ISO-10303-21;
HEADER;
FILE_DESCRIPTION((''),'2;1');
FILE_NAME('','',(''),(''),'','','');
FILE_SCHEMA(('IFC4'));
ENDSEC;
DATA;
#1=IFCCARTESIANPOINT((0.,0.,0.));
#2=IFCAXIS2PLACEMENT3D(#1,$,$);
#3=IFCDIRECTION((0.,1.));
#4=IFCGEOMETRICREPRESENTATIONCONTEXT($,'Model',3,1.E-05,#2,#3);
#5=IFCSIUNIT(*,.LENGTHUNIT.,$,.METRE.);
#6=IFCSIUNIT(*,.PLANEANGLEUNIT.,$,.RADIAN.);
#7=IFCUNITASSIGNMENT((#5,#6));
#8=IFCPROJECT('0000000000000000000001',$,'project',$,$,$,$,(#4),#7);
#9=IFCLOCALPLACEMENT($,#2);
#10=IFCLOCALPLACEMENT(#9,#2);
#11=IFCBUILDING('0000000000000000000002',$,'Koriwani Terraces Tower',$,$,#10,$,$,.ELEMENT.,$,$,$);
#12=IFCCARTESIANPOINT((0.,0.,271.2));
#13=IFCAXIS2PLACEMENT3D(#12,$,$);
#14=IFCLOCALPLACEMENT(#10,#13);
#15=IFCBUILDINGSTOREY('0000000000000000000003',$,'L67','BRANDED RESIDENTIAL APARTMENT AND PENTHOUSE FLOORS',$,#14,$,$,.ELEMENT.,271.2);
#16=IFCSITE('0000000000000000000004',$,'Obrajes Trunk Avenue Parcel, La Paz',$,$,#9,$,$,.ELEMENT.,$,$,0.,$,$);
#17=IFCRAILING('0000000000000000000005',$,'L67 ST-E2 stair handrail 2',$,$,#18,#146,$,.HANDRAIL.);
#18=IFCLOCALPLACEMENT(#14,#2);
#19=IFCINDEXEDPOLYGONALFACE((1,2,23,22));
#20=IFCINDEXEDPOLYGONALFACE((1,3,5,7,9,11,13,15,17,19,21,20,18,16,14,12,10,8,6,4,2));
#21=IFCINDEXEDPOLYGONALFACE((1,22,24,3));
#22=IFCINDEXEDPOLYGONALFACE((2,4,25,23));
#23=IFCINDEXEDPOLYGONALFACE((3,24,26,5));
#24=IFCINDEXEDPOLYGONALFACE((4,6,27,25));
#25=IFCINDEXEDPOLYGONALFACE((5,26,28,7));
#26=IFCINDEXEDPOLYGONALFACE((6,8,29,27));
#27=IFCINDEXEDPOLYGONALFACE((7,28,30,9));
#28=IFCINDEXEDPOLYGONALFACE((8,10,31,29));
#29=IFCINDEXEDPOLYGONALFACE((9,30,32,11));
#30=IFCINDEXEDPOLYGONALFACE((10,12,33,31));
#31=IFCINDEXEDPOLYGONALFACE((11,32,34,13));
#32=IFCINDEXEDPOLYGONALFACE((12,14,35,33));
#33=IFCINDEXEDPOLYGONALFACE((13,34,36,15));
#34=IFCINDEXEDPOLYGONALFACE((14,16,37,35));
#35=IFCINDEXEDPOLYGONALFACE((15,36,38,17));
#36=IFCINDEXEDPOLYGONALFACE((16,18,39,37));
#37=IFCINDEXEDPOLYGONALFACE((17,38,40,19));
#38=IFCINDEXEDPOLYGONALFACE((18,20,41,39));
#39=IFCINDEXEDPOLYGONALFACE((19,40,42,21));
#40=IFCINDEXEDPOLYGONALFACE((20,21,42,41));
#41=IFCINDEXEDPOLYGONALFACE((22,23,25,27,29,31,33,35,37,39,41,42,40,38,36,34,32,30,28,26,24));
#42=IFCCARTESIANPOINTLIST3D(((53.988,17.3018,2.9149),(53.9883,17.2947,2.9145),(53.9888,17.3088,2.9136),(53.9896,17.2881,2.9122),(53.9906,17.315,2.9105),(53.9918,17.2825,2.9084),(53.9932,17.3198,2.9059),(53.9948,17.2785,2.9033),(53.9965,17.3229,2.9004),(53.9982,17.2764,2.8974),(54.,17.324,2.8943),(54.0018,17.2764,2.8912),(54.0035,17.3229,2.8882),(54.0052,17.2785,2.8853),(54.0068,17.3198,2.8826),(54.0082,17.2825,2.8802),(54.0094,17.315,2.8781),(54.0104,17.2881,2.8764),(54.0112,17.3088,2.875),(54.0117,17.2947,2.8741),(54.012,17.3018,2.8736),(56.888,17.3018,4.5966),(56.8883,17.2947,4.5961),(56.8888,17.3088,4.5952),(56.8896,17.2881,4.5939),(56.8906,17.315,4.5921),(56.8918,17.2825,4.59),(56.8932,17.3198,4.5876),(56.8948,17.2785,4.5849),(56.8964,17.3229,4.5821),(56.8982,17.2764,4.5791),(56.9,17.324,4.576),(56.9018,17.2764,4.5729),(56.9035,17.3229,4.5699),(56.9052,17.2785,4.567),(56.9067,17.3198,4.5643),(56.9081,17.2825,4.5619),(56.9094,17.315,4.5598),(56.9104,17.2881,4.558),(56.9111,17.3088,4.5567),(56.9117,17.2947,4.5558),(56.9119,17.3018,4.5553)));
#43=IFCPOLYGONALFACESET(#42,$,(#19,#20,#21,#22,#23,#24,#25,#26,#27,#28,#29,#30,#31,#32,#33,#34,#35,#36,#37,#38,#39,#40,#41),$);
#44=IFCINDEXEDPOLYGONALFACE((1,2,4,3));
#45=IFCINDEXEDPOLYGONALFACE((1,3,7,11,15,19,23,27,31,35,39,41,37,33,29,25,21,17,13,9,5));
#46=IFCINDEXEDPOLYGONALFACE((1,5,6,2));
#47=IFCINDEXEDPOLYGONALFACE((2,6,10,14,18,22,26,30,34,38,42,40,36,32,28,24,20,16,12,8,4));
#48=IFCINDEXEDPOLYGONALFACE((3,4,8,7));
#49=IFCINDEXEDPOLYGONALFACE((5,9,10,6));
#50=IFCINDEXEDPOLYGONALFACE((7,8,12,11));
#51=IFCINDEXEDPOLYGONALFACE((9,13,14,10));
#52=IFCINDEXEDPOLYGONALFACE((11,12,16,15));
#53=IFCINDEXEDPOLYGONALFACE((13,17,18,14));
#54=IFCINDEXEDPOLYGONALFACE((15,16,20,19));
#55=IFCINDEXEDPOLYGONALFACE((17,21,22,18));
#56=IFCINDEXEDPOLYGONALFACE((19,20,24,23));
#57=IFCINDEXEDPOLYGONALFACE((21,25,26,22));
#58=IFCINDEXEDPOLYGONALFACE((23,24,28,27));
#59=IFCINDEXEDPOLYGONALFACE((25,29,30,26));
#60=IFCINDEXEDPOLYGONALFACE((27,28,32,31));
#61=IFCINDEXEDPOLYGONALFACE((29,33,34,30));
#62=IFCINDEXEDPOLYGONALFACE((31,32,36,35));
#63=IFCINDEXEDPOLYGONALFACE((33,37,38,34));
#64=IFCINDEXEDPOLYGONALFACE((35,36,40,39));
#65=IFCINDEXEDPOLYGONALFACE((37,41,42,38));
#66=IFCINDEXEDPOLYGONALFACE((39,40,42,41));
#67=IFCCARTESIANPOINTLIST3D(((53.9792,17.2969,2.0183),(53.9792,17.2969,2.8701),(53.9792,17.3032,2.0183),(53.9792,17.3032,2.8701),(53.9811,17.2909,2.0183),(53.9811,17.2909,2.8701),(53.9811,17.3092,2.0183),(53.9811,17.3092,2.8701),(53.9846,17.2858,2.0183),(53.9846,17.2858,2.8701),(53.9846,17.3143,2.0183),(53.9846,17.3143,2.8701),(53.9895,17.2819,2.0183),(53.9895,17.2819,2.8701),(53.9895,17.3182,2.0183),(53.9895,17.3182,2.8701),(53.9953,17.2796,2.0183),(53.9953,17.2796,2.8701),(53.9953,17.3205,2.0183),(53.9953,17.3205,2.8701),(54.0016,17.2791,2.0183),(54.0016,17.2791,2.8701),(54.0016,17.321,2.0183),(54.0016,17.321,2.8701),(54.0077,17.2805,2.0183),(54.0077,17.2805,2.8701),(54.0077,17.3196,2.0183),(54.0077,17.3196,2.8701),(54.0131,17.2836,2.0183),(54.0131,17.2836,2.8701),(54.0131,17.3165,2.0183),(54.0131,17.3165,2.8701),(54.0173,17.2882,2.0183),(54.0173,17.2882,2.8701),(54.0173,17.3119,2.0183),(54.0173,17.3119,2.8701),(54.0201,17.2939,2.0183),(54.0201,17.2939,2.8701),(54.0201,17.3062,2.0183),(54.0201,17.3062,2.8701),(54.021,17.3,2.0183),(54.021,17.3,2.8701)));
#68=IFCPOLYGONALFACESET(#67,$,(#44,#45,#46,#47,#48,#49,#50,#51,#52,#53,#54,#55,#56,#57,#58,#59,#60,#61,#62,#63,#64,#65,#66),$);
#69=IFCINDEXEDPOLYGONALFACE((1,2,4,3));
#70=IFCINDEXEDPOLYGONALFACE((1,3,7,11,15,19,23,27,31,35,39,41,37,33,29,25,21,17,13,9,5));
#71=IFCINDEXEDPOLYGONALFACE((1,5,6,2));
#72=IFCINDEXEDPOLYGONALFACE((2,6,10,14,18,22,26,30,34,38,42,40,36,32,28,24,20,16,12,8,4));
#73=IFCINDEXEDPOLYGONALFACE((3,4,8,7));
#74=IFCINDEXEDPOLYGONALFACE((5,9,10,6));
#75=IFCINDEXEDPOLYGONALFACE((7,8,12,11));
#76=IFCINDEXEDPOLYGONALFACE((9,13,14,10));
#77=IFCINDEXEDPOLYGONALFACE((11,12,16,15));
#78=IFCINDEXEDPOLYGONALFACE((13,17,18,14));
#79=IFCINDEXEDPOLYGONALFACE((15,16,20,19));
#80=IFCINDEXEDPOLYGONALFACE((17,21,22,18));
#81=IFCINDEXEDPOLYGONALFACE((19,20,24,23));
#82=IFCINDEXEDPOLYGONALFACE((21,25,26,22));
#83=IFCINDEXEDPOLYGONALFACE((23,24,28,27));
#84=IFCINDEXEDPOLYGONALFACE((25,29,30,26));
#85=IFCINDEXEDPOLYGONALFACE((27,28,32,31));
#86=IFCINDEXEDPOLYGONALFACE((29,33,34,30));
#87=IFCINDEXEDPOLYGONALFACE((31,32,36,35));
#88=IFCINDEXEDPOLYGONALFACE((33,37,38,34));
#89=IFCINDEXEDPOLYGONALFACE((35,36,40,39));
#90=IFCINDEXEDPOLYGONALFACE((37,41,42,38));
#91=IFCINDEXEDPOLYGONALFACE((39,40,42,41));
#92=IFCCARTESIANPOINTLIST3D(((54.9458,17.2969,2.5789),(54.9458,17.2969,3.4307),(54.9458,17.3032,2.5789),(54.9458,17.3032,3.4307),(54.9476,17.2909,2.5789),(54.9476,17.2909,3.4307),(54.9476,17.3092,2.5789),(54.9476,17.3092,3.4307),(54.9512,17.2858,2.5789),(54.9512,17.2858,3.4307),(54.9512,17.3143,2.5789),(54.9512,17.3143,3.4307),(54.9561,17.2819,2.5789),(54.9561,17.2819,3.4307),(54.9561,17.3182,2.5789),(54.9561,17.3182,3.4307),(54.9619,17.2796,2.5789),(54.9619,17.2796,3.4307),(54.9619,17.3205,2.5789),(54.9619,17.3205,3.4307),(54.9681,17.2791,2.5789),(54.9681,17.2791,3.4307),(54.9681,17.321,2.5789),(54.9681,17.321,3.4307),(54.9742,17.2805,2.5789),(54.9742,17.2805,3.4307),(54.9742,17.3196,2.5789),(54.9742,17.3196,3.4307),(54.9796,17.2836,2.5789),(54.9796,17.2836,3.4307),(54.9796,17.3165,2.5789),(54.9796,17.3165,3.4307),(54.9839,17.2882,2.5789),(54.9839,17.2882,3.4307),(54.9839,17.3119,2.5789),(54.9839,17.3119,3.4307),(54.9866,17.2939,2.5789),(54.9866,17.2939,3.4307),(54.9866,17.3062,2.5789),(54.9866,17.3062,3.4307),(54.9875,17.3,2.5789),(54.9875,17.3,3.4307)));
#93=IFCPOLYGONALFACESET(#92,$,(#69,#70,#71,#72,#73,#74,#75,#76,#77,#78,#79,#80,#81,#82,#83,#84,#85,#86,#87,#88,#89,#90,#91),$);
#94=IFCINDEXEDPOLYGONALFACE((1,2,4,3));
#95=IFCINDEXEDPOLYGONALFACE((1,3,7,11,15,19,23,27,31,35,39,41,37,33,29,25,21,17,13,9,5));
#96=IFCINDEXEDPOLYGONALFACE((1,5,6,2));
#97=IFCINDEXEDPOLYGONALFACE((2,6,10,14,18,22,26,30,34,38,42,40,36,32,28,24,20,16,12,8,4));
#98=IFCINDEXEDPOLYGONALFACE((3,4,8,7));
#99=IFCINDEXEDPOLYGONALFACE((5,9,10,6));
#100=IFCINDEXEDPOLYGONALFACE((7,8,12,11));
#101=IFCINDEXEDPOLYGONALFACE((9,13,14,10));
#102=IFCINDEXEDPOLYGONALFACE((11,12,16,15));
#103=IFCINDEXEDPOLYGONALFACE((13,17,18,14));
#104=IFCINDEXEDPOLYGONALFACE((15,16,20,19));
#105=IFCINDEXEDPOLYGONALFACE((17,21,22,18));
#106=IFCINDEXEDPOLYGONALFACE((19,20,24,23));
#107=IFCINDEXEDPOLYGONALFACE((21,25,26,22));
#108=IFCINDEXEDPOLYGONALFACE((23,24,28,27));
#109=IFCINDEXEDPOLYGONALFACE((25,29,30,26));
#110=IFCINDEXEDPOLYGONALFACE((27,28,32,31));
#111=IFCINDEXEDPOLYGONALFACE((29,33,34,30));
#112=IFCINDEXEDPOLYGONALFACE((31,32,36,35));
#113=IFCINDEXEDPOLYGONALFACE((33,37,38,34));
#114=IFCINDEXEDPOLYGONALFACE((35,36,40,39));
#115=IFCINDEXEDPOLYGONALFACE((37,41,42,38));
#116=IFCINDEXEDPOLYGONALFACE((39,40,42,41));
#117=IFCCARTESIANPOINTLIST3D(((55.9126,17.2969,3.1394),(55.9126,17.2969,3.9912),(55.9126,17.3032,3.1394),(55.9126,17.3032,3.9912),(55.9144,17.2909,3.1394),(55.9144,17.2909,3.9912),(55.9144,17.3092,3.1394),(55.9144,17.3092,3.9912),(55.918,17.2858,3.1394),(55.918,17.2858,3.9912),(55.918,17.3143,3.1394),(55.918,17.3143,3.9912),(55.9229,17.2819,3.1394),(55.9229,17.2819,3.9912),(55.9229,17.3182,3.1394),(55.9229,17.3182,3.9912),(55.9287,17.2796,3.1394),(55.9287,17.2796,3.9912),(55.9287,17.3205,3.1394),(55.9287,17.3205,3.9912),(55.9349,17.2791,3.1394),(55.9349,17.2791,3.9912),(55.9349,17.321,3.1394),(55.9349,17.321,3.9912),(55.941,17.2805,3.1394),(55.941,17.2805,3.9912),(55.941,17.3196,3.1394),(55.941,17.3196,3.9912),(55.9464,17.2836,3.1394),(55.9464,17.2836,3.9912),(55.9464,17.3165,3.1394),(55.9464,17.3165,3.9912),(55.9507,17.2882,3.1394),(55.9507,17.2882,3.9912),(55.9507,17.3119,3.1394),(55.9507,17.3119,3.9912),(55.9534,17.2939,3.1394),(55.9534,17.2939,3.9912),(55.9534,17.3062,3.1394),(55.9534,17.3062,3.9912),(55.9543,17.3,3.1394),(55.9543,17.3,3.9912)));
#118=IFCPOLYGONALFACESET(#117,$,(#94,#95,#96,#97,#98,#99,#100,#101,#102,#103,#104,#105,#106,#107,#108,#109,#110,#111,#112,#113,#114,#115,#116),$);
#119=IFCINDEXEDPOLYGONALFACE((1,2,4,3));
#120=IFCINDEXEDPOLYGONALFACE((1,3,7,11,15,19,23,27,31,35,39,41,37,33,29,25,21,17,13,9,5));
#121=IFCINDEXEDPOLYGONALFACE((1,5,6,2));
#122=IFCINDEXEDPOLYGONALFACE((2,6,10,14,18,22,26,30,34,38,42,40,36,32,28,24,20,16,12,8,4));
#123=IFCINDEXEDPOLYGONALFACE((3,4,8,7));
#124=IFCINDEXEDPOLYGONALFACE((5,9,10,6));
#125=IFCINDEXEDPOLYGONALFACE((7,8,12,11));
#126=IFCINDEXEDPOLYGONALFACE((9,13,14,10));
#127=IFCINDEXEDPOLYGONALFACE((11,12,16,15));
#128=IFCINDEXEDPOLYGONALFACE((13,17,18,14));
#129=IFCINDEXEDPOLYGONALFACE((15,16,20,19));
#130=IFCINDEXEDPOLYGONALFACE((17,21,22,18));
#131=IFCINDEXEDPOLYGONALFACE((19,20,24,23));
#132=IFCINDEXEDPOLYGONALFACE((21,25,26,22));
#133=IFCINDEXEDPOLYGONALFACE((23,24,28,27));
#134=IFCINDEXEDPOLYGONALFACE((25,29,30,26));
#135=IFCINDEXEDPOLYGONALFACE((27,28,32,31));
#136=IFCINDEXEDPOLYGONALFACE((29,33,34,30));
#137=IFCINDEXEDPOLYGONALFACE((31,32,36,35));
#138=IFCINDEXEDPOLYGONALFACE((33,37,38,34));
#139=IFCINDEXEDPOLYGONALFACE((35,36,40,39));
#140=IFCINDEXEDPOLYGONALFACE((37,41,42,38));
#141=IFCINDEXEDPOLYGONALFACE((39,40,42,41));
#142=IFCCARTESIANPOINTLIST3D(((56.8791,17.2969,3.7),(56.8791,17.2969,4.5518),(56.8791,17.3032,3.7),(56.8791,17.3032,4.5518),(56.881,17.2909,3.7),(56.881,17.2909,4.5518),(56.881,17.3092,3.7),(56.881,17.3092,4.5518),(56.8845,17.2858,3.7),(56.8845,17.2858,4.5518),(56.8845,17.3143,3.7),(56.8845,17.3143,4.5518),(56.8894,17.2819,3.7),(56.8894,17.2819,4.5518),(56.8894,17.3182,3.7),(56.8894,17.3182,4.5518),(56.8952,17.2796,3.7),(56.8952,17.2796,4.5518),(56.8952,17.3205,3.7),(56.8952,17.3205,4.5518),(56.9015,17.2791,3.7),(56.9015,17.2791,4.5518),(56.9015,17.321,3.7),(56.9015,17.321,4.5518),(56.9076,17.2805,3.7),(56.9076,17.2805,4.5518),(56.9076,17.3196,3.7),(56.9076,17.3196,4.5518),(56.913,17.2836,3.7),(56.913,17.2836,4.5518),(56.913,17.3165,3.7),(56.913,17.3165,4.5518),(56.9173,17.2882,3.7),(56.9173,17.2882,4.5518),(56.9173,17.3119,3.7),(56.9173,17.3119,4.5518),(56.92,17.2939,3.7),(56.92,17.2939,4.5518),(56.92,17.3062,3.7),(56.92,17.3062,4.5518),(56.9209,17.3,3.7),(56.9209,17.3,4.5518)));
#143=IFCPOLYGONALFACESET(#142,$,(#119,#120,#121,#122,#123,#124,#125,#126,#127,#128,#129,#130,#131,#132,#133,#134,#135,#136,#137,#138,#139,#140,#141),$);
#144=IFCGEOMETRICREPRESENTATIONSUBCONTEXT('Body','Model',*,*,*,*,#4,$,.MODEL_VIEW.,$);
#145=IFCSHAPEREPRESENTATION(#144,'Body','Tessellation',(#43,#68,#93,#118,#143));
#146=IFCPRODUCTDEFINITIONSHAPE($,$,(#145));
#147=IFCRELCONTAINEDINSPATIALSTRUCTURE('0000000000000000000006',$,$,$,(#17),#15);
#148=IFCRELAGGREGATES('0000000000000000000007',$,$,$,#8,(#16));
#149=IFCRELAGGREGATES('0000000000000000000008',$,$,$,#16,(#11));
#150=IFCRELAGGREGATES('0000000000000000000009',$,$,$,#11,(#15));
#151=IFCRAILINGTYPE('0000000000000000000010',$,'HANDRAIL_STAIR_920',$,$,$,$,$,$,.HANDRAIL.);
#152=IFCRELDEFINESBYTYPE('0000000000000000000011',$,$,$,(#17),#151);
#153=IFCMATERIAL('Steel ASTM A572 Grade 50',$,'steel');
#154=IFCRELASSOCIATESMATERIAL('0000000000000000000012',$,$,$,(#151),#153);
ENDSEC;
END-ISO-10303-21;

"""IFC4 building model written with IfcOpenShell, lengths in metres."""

from ifc_helpers import new_model, si_unit, direction, frame, origin, origin_2d, place, context, subcontext, project, spatial, circle, extrude, material, type_object, element, save


model = new_model("IFC4")

# Units and contexts
model_context = context("Model", 3, precision=1e-05, world=origin(), true_north=direction((0.0, 1.0)))
body_context = subcontext(model_context, "Body", "Model", "MODEL_VIEW")
ifc_project = project(units=[si_unit("LENGTHUNIT", "METRE"), si_unit("PLANEANGLEUNIT", "RADIAN")], contexts=[model_context])

# Site, building, storey
site_placement = place(None, origin())
site = spatial("IfcSite", under=ifc_project, at=site_placement, Name="Obrajes Trunk Avenue Parcel, La Paz", CompositionType="ELEMENT", RefElevation=0.0)
building_placement = place(site_placement, origin())
building = spatial("IfcBuilding", under=site, at=building_placement, Name="Koriwani Terraces Tower", CompositionType="ELEMENT")
storey_placement = place(building_placement, frame((0.0, 0.0, 271.2)))
storey = spatial("IfcBuildingStorey", under=building, at=storey_placement, Name="L67", Description="BRANDED RESIDENTIAL APARTMENT AND PENTHOUSE FLOORS", CompositionType="ELEMENT", Elevation=271.2)

# Shared definitions
ifc_material_1 = material(Name="Steel ASTM A572 Grade 50", Category="steel")

# Railing
railing_type_1 = type_object("IfcRailingType", Name="HANDRAIL_STAIR_920", PredefinedType="HANDRAIL", material=ifc_material_1)
railing_1_placement = place(storey_placement, frame((54.0, 17.3, 2.0183)))
element("IfcRailing", 1, at=railing_1_placement, inside=storey, type_object=railing_type_1, Name="L67 ST-E2 stair handrail 2", PredefinedType="HANDRAIL", context=body_context, shape_type="SweptSolid", body=[
    extrude(circle(Radius=0.0239, at=origin_2d()), frame((0.0, 0.0, 0.876), z_axis=(0.86507, 0.0, 0.501651), x_axis=(0.0, 1.0, 0.0)), (0.0, 0.0, 1.0), 3.3523),
    extrude(circle(Radius=0.021, at=origin_2d()), origin(), (0.0, 0.0, 1.0), 0.8518),
    extrude(circle(Radius=0.021, at=origin_2d()), frame((0.9666, 0.0, 0.5605)), (0.0, 0.0, 1.0), 0.8518),
    extrude(circle(Radius=0.021, at=origin_2d()), frame((1.9333, 0.0, 1.1211)), (0.0, 0.0, 1.0), 0.8518),
    extrude(circle(Radius=0.021, at=origin_2d()), frame((2.8999, 0.0, 1.6816)), (0.0, 0.0, 1.0), 0.8518),
])

save(model, "model.ifc")
